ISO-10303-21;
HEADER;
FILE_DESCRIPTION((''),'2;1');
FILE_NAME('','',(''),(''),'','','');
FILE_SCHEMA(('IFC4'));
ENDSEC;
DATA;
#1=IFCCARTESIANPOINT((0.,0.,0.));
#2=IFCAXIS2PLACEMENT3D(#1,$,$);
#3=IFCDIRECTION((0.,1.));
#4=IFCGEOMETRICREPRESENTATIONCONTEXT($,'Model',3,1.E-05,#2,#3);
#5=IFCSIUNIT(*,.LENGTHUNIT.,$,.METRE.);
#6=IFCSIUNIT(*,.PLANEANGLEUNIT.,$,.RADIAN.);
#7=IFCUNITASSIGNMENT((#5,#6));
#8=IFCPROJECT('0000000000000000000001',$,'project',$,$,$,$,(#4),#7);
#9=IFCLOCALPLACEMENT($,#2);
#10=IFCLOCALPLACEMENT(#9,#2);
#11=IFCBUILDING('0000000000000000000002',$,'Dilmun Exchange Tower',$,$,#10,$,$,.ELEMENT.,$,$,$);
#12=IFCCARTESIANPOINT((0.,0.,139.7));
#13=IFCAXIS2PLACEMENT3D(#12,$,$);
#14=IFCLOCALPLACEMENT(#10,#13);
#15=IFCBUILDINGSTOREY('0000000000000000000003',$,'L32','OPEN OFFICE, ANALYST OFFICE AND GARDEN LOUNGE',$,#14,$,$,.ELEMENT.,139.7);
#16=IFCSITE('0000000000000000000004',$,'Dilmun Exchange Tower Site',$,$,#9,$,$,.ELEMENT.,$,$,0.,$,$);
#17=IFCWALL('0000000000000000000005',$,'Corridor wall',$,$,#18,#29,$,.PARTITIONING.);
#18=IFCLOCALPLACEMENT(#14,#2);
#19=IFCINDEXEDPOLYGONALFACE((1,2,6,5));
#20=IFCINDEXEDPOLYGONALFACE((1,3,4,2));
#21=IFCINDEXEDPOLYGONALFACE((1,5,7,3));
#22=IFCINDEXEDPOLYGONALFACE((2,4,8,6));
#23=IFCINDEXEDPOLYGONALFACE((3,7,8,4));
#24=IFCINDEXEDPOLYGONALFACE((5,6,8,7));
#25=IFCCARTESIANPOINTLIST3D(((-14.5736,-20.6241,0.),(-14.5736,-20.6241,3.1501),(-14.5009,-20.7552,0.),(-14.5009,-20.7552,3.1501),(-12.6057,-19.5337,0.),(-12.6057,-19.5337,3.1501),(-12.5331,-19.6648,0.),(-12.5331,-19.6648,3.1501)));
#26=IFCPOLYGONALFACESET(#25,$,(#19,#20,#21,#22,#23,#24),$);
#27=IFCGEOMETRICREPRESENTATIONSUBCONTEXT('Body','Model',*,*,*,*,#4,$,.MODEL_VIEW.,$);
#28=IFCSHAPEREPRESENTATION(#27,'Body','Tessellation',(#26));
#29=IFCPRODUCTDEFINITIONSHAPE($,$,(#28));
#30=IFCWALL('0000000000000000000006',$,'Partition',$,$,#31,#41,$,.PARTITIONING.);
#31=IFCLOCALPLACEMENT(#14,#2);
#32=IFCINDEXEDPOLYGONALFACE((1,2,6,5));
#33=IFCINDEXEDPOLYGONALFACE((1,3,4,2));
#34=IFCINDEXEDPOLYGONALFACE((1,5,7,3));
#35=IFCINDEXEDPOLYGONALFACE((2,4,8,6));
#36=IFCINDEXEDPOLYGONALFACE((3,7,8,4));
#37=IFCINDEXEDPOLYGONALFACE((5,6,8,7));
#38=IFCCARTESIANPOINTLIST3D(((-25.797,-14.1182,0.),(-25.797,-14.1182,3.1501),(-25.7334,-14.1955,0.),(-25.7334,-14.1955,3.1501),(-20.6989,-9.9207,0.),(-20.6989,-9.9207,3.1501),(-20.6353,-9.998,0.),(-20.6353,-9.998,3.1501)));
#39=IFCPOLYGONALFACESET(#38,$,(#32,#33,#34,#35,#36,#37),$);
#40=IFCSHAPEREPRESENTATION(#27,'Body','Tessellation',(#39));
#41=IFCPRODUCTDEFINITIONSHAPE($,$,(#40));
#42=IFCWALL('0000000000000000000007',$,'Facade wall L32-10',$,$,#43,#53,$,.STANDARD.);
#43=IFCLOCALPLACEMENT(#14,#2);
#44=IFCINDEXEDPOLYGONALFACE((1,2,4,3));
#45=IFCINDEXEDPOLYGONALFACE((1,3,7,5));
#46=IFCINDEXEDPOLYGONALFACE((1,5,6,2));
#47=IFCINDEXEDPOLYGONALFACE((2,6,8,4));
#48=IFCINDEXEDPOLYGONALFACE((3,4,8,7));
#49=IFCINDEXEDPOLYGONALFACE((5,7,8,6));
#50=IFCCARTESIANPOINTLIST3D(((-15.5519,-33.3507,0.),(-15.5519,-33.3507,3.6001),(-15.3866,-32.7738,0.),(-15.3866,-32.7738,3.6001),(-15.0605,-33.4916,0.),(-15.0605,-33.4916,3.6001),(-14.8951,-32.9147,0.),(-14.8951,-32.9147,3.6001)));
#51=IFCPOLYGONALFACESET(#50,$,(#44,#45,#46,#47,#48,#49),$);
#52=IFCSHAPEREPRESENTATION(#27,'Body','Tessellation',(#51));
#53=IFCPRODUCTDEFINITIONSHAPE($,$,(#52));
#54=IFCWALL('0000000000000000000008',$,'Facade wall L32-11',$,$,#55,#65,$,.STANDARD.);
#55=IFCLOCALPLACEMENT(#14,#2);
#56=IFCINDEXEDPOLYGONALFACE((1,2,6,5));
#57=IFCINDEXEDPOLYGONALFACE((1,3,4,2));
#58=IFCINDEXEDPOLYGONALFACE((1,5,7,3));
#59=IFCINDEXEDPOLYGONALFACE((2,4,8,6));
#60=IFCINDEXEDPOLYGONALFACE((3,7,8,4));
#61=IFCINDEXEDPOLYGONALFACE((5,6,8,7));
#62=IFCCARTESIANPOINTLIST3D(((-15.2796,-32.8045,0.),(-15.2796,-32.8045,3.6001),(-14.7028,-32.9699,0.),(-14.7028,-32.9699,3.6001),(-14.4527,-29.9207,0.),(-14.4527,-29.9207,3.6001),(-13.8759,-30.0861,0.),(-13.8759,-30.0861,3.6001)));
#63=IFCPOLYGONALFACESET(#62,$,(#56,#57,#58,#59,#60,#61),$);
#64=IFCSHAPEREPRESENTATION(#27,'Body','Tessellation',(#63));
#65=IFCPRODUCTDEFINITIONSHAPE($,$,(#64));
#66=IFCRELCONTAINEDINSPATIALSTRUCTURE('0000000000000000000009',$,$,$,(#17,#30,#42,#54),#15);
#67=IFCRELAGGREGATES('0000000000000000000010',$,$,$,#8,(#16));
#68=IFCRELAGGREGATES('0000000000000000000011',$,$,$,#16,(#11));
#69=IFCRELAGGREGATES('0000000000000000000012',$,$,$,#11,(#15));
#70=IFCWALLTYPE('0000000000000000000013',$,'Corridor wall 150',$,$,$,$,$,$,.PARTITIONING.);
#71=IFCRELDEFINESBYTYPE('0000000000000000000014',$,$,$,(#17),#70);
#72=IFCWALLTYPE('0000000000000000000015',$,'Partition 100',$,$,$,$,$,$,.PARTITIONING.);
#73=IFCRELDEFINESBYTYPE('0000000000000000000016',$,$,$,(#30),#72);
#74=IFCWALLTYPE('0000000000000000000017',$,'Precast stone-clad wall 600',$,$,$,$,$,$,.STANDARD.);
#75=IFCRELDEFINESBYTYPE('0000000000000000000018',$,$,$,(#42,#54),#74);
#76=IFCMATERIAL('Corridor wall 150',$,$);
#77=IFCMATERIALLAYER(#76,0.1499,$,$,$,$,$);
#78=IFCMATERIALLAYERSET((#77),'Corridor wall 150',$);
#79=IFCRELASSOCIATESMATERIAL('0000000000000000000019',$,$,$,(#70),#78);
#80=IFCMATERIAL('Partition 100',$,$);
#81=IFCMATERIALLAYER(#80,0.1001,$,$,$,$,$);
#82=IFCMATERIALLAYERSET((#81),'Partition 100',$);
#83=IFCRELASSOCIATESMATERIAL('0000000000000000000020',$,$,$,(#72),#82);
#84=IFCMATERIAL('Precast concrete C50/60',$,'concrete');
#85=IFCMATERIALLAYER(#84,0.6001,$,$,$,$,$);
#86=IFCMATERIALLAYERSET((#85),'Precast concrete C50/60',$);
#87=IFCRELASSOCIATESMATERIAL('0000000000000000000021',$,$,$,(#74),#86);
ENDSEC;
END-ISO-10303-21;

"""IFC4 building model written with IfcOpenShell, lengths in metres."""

from ifc_helpers import new_model, si_unit, direction, frame, frame_2d, origin, place, context, subcontext, project, spatial, rectangle, extrude, material, layer, layer_set, type_object, element, save


model = new_model("IFC4")

# Units and contexts
model_context = context("Model", 3, precision=1e-05, world=origin(), true_north=direction((0.0, 1.0)))
body_context = subcontext(model_context, "Body", "Model", "MODEL_VIEW")
ifc_project = project(units=[si_unit("LENGTHUNIT", "METRE"), si_unit("PLANEANGLEUNIT", "RADIAN")], contexts=[model_context])

# Site, building, storey
site_placement = place(None, origin())
site = spatial("IfcSite", under=ifc_project, at=site_placement, Name="Dilmun Exchange Tower Site", CompositionType="ELEMENT", RefElevation=0.0)
building_placement = place(site_placement, origin())
building = spatial("IfcBuilding", under=site, at=building_placement, Name="Dilmun Exchange Tower", CompositionType="ELEMENT")
storey_placement = place(building_placement, frame((0.0, 0.0, 139.7)))
storey = spatial("IfcBuildingStorey", under=building, at=storey_placement, Name="L32", Description="OPEN OFFICE, ANALYST OFFICE AND GARDEN LOUNGE", CompositionType="ELEMENT", Elevation=139.7)

# Shared definitions
ifc_material_1 = material(Name="Corridor wall 150")
ifc_layer_1 = layer(ifc_material_1, 0.1499)
ifc_layer_set_1 = layer_set([ifc_layer_1], Name="Corridor wall 150")
wall_type_1 = type_object("IfcWallType", Name="Corridor wall 150", PredefinedType="PARTITIONING", material=ifc_layer_set_1)

# Walls
wall_1_placement = place(storey_placement, frame((-14.5374, -20.6897, 0.0), z_axis=(0.0, 0.0, 1.0), x_axis=(0.874699, 0.484666, 0.0)))
element("IfcWall", 1, at=wall_1_placement, inside=storey, type_object=wall_type_1, Name="Corridor wall", PredefinedType="PARTITIONING", context=body_context, shape_type="SweptSolid", body=[
    extrude(rectangle(XDim=2.2498, YDim=0.1499, at=frame_2d((1.125, 0.0))), origin(), (0.0, 0.0, 1.0), 3.1501),
])
ifc_material_2 = material(Name="Partition 100")
ifc_layer_2 = layer(ifc_material_2, 0.1001)
ifc_layer_set_2 = layer_set([ifc_layer_2], Name="Partition 100")
wall_type_2 = type_object("IfcWallType", Name="Partition 100", PredefinedType="PARTITIONING", material=ifc_layer_set_2)
wall_2_placement = place(storey_placement, frame((-25.7651, -14.1567, 0.0), z_axis=(0.0, 0.0, 1.0), x_axis=(0.772002, 0.63562, 0.0)))
element("IfcWall", 2, at=wall_2_placement, inside=storey, type_object=wall_type_2, Name="Partition", PredefinedType="PARTITIONING", context=body_context, shape_type="SweptSolid", body=[
    extrude(rectangle(XDim=6.6038, YDim=0.1001, at=frame_2d((3.3018, 0.0))), origin(), (0.0, 0.0, 1.0), 3.1501),
])
ifc_material_3 = material(Name="Precast concrete C50/60", Category="concrete")
ifc_layer_3 = layer(ifc_material_3, 0.6001)
ifc_layer_set_3 = layer_set([ifc_layer_3], Name="Precast concrete C50/60")
wall_type_3 = type_object("IfcWallType", Name="Precast stone-clad wall 600", PredefinedType="STANDARD", material=ifc_layer_set_3)
wall_3_placement = place(storey_placement, frame((-15.4692, -33.0623, 0.0), z_axis=(0.0, 0.0, 1.0), x_axis=(0.961289, -0.275541, 0.0)))
element("IfcWall", 3, at=wall_3_placement, inside=storey, type_object=wall_type_3, Name="Facade wall L32-10", PredefinedType="STANDARD", context=body_context, shape_type="SweptSolid", body=[
    extrude(rectangle(XDim=0.5112, YDim=0.6001, at=frame_2d((0.2556, 0.0))), origin(), (0.0, 0.0, 1.0), 3.6001),
])
wall_4_placement = place(storey_placement, frame((-14.9912, -32.8872, 0.0), z_axis=(0.0, 0.0, 1.0), x_axis=(0.275635, 0.961262, 0.0)))
element("IfcWall", 4, at=wall_4_placement, inside=storey, type_object=wall_type_3, Name="Facade wall L32-11", PredefinedType="STANDARD", context=body_context, shape_type="SweptSolid", body=[
    extrude(rectangle(XDim=3.0, YDim=0.6001, at=frame_2d((1.5, 0.0))), origin(), (0.0, 0.0, 1.0), 3.6001),
])

save(model, "model.ifc")
